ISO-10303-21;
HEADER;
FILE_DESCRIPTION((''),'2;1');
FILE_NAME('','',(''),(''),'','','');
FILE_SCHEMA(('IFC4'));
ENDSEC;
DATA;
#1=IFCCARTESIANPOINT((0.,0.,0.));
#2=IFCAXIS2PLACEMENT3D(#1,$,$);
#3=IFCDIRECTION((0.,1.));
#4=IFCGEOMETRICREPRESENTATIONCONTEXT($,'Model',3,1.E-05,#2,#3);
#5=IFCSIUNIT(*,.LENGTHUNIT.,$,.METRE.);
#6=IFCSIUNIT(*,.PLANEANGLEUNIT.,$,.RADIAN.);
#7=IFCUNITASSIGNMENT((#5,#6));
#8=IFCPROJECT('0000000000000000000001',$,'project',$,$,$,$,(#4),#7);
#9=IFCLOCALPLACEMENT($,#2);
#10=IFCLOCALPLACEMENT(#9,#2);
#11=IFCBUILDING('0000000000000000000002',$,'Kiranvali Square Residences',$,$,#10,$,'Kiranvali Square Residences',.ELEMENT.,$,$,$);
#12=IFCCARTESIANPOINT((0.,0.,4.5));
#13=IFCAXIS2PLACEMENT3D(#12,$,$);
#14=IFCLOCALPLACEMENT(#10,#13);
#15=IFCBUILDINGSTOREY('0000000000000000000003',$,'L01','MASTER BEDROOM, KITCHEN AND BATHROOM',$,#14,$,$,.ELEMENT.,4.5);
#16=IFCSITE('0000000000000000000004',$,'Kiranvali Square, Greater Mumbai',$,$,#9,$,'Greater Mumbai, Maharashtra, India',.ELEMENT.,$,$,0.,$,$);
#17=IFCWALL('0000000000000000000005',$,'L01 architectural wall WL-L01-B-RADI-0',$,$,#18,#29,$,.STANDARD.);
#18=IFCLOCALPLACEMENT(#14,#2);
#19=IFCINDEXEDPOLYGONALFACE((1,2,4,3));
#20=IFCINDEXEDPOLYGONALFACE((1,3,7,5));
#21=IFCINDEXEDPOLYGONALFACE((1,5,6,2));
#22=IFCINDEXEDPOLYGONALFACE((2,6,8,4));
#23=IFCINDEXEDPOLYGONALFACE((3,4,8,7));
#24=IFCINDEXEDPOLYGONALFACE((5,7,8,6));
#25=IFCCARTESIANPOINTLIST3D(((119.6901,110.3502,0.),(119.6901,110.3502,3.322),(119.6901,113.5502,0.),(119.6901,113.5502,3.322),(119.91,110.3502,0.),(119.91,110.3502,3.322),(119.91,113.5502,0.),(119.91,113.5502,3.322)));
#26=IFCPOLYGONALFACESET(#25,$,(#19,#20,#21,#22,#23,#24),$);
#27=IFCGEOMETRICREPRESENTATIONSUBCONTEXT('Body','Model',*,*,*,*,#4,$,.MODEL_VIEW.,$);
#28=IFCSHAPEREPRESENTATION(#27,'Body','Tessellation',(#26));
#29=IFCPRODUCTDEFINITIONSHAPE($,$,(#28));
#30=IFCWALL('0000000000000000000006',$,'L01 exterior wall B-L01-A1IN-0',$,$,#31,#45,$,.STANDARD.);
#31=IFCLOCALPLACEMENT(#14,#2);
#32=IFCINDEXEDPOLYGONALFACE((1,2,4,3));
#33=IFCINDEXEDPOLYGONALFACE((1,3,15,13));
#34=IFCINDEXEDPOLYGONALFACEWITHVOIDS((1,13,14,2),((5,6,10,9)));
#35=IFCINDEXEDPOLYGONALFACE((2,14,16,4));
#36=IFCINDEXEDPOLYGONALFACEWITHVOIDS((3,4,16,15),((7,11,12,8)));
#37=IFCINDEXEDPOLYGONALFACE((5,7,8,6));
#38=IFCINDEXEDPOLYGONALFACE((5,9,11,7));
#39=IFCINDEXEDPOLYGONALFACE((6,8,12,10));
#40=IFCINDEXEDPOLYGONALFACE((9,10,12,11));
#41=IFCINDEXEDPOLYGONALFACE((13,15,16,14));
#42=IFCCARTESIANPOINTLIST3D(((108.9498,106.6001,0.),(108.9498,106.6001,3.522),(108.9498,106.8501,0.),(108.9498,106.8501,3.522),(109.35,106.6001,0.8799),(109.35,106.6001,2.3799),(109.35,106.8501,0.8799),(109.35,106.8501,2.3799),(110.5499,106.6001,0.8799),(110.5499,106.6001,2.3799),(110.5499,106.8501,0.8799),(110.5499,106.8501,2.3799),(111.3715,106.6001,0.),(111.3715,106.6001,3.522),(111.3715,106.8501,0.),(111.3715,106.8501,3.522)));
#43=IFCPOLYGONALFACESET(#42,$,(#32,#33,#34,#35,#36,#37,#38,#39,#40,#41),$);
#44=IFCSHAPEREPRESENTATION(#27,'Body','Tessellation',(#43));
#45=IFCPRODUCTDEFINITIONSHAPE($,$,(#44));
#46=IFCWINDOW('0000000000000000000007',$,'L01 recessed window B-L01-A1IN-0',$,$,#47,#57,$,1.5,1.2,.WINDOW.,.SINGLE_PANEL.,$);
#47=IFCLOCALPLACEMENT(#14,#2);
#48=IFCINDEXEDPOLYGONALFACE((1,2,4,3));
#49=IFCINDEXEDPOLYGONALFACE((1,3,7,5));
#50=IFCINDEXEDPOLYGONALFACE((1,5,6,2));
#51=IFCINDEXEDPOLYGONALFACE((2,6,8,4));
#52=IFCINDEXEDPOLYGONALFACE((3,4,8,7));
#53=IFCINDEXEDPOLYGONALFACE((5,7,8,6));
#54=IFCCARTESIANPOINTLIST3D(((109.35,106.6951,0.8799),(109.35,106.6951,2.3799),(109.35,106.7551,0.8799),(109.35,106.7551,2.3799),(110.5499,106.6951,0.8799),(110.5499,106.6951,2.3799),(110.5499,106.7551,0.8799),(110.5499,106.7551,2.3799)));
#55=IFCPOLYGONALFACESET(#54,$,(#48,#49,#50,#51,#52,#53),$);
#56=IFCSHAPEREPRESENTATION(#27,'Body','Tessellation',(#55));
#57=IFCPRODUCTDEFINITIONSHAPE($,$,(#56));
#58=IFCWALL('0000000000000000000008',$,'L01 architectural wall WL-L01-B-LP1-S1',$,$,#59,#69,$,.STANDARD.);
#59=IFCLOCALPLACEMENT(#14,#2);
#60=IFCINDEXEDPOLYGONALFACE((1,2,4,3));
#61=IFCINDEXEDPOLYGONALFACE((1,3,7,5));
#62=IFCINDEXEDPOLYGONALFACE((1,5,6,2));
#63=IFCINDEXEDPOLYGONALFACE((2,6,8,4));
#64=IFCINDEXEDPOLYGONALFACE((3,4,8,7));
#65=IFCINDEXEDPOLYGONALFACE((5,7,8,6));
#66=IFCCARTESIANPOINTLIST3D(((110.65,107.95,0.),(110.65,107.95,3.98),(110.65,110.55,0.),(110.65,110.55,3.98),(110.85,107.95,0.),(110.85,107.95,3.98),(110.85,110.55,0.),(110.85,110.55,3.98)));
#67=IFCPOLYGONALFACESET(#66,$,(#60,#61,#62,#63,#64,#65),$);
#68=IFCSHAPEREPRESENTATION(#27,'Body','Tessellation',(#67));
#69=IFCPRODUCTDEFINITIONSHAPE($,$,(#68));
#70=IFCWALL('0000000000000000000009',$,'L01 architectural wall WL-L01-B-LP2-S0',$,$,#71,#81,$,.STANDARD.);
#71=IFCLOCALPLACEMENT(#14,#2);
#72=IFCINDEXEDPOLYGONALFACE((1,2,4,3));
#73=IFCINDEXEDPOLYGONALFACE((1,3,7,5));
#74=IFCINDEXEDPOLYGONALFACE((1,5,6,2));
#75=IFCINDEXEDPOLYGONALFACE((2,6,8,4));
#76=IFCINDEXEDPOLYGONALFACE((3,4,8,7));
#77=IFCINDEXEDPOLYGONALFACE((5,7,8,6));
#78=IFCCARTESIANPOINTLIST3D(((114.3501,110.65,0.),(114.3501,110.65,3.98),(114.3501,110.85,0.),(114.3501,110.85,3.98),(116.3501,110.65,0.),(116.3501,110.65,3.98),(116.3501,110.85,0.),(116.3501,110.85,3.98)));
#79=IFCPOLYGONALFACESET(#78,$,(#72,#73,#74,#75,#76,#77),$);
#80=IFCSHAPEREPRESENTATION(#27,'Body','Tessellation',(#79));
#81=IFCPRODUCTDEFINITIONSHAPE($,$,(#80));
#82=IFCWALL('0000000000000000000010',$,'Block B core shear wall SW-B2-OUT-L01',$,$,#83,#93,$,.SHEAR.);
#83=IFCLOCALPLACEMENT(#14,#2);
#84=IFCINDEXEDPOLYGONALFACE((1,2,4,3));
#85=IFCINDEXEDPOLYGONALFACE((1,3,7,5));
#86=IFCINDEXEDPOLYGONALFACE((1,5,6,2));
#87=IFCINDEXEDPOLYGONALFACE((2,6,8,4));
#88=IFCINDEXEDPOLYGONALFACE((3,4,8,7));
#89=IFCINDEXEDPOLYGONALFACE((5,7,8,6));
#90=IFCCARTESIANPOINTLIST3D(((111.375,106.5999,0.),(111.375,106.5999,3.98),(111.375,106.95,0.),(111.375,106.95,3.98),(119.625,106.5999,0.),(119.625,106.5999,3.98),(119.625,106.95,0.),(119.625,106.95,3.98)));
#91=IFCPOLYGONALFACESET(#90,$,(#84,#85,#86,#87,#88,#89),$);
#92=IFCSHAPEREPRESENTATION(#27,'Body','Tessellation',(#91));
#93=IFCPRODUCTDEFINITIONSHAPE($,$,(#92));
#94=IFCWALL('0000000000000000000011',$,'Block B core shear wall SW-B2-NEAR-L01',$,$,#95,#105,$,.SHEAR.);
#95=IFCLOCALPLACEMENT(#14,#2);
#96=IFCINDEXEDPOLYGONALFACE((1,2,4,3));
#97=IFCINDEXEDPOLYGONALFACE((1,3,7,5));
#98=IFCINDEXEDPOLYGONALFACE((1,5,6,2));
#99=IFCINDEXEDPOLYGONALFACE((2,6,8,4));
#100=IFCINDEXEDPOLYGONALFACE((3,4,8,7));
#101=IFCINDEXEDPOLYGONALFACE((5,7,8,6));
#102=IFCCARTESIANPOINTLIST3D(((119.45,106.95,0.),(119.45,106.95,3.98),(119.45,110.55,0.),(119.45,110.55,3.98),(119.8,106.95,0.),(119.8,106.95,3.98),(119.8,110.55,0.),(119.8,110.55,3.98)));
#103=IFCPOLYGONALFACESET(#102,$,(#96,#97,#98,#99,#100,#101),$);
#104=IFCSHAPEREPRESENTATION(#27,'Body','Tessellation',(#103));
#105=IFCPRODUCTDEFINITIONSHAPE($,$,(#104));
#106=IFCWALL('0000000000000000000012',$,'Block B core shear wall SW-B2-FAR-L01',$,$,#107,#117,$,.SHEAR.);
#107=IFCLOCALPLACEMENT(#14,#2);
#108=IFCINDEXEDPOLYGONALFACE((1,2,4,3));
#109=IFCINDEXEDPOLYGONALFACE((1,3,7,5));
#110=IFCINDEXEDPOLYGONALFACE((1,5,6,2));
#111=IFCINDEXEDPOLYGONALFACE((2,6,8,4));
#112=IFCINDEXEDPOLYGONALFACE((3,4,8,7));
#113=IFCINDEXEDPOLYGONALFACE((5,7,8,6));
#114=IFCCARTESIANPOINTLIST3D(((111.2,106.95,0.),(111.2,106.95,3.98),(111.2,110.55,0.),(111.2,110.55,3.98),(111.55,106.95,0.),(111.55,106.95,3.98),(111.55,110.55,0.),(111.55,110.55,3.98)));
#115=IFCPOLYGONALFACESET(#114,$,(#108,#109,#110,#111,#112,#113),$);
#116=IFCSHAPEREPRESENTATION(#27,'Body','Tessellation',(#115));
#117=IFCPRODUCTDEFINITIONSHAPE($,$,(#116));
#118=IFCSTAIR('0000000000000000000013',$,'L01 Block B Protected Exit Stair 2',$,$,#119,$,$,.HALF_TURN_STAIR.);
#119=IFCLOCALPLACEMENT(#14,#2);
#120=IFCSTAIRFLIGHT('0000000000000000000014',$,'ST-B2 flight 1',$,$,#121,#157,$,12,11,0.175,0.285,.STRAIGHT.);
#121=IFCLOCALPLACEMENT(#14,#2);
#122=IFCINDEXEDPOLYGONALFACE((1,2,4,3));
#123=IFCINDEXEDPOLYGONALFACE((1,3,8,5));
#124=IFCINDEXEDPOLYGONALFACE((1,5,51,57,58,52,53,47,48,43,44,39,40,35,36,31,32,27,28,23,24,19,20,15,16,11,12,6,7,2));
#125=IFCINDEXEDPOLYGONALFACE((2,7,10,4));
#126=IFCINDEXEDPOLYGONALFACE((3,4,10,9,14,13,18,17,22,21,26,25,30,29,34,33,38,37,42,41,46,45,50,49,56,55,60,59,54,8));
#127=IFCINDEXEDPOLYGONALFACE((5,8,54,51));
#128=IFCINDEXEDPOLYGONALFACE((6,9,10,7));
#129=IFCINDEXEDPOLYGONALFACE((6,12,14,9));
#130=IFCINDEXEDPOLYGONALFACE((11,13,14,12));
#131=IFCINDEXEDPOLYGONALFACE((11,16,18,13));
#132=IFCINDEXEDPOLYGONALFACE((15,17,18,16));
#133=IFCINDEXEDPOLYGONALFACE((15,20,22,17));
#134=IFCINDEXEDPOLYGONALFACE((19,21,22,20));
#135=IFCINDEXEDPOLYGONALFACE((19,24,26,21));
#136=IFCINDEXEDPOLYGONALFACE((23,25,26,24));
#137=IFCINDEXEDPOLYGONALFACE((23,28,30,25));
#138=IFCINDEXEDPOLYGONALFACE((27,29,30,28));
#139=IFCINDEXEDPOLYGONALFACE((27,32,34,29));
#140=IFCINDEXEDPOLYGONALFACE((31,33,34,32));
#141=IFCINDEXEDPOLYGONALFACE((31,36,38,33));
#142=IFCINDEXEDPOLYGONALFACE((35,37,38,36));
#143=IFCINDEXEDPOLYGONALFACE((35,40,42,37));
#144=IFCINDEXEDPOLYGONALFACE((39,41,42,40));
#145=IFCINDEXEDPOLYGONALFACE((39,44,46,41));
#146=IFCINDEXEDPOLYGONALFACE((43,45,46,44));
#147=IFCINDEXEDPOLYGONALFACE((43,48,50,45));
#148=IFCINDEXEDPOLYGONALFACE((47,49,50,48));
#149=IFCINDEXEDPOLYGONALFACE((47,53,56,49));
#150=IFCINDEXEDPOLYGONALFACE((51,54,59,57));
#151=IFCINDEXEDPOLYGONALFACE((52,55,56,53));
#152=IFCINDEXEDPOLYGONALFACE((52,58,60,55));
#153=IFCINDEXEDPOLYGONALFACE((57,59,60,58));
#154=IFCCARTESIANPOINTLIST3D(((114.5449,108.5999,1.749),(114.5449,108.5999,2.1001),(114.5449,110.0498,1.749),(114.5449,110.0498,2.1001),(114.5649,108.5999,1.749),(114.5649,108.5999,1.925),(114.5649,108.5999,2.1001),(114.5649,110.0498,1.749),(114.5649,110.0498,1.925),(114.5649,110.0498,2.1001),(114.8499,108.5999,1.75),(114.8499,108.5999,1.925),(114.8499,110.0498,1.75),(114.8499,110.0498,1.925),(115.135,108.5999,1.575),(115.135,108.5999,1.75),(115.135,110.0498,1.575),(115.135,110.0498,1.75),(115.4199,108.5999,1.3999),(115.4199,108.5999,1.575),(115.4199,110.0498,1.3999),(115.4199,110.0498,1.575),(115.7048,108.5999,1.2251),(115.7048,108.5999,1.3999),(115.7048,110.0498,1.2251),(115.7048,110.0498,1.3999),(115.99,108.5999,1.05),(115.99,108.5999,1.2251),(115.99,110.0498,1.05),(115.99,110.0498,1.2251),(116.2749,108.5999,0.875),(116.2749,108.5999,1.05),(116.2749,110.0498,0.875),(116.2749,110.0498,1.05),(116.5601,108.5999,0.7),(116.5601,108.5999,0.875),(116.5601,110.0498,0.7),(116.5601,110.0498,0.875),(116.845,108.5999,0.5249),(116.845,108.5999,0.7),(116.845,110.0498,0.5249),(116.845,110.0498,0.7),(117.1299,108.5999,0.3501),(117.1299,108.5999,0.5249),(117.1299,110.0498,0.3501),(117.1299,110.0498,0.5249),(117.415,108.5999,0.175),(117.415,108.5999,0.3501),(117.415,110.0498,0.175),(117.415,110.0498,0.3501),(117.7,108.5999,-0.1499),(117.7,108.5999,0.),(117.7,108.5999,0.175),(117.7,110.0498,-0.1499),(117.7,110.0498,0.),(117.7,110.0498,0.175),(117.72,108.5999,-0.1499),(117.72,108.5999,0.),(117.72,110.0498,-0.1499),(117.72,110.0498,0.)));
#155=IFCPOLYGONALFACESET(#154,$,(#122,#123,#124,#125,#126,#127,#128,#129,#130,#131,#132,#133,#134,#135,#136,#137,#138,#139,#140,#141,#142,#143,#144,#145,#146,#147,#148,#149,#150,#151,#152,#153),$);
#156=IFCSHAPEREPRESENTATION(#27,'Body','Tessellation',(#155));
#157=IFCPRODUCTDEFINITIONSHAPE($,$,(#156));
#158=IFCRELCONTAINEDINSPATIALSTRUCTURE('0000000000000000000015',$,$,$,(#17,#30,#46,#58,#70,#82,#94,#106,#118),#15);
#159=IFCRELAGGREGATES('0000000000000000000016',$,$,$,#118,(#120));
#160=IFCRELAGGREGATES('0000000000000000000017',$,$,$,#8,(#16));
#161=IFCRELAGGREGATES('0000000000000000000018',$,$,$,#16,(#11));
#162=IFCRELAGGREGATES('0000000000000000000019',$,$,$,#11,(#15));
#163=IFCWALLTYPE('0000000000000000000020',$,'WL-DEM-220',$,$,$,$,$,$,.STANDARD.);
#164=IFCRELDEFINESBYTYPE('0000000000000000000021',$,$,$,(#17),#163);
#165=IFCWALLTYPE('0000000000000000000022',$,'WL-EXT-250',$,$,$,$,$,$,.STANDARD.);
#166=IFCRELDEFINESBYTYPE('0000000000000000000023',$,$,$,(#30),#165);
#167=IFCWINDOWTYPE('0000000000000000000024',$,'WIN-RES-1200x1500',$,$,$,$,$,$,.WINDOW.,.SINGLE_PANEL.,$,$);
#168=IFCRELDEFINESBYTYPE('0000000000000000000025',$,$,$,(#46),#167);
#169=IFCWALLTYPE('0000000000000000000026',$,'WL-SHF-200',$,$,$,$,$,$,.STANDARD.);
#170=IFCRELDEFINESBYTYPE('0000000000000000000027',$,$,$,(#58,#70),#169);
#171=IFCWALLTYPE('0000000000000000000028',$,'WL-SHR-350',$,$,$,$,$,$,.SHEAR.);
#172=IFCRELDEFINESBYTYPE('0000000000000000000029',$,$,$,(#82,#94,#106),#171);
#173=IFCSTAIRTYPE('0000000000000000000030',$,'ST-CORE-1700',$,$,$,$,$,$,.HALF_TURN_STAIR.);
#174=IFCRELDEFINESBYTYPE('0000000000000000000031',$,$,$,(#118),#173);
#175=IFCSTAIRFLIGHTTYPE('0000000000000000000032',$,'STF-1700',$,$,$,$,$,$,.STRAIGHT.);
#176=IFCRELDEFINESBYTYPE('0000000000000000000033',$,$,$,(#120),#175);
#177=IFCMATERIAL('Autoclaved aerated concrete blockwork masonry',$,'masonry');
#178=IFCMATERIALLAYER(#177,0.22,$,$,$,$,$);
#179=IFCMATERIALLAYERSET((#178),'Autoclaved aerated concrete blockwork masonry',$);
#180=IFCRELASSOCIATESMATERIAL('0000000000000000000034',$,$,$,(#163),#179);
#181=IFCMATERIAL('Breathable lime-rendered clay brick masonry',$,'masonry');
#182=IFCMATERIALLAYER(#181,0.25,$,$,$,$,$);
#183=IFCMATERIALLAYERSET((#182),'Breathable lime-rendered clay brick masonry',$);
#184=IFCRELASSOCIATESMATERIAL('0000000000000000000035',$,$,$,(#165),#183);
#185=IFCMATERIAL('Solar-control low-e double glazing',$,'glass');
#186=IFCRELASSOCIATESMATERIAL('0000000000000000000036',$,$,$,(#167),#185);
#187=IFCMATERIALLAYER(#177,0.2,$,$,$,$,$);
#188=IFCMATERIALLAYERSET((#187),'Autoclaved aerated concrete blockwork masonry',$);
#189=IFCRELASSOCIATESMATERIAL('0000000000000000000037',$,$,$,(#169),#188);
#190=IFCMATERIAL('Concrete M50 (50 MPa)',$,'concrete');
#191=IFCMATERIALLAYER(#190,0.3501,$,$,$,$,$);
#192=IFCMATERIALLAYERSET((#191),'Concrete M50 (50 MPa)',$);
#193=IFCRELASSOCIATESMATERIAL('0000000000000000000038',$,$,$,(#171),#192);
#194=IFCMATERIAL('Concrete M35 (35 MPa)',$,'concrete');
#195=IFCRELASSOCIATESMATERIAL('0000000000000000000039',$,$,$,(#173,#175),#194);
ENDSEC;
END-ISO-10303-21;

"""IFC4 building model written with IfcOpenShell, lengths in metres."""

from ifc_helpers import new_model, si_unit, direction, frame, frame_2d, origin, place, context, subcontext, project, spatial, polyline, rectangle, outline, extrude, material, layer, layer_set, type_object, element, fill, aggregate, save


model = new_model("IFC4")

# Units and contexts
model_context = context("Model", 3, precision=1e-05, world=origin(), true_north=direction((0.0, 1.0)))
body_context = subcontext(model_context, "Body", "Model", "MODEL_VIEW")
ifc_project = project(units=[si_unit("LENGTHUNIT", "METRE"), si_unit("PLANEANGLEUNIT", "RADIAN")], contexts=[model_context])

# Site, building, storey
site_placement = place(None, origin())
site = spatial("IfcSite", under=ifc_project, at=site_placement, Name="Kiranvali Square, Greater Mumbai", LongName="Greater Mumbai, Maharashtra, India", CompositionType="ELEMENT", RefElevation=0.0)
building_placement = place(site_placement, origin())
building = spatial("IfcBuilding", under=site, at=building_placement, Name="Kiranvali Square Residences", LongName="Kiranvali Square Residences", CompositionType="ELEMENT")
storey_placement = place(building_placement, frame((0.0, 0.0, 4.5)))
storey = spatial("IfcBuildingStorey", under=building, at=storey_placement, Name="L01", Description="MASTER BEDROOM, KITCHEN AND BATHROOM", CompositionType="ELEMENT", Elevation=4.5)

# Shared definitions
ifc_material_1 = material(Name="Solar-control low-e double glazing", Category="glass")

# Wall
ifc_material_2 = material(Name="Autoclaved aerated concrete blockwork masonry", Category="masonry")
ifc_layer_1 = layer(ifc_material_2, 0.22)
ifc_layer_set_1 = layer_set([ifc_layer_1], Name="Autoclaved aerated concrete blockwork masonry")
wall_type_1 = type_object("IfcWallType", Name="WL-DEM-220", PredefinedType="STANDARD", material=ifc_layer_set_1)
wall_1_placement = place(storey_placement, frame((119.8, 110.3501, 0.0), z_axis=(0.0, 0.0, 1.0), x_axis=(0.0, 1.0, 0.0)))
element("IfcWall", 1, at=wall_1_placement, inside=storey, type_object=wall_type_1, Name="L01 architectural wall WL-L01-B-RADI-0", PredefinedType="STANDARD", context=body_context, shape_type="SweptSolid", body=[
    extrude(rectangle(XDim=3.2, YDim=0.22, at=frame_2d((1.6001, 0.0))), origin(), (0.0, 0.0, 1.0), 3.322),
])

# Wall, opening, window
ifc_material_3 = material(Name="Breathable lime-rendered clay brick masonry", Category="masonry")
ifc_layer_2 = layer(ifc_material_3, 0.25)
ifc_layer_set_2 = layer_set([ifc_layer_2], Name="Breathable lime-rendered clay brick masonry")
wall_type_2 = type_object("IfcWallType", Name="WL-EXT-250", PredefinedType="STANDARD", material=ifc_layer_set_2)
wall_2_placement = place(storey_placement, frame((111.3716, 106.7251, 0.0), z_axis=(0.0, 0.0, 1.0), x_axis=(-1.0, 0.0, 0.0)))
wall_2 = element("IfcWall", 2, at=wall_2_placement, inside=storey, type_object=wall_type_2, Name="L01 exterior wall B-L01-A1IN-0", PredefinedType="STANDARD", context=body_context, shape_type="SweptSolid", body=[
    extrude(rectangle(XDim=2.4216, YDim=0.25, at=frame_2d((1.2109, 0.0))), origin(), (0.0, 0.0, 1.0), 3.522),
])
opening_1_placement = place(wall_2_placement, frame((0.8215, 0.0, 0.8799)))
opening_1 = element("IfcOpeningElement", 3, at=opening_1_placement, cuts=wall_2, PredefinedType="OPENING", context=body_context, shape_type="SweptSolid", body=[
    extrude(rectangle(XDim=1.2, YDim=1.5, at=frame_2d((0.6001, 0.75))), frame((0.0, 0.135, 0.0), z_axis=(0.0, -1.0, 0.0), x_axis=(1.0, 0.0, 0.0)), (0.0, 0.0, 1.0), 0.27),
])
window_type = type_object("IfcWindowType", Name="WIN-RES-1200x1500", PartitioningType="SINGLE_PANEL", PredefinedType="WINDOW", material=ifc_material_1)
window_placement = place(opening_1_placement, origin())
window = element("IfcWindow", 4, at=window_placement, inside=storey, type_object=window_type, Name="L01 recessed window B-L01-A1IN-0", OverallHeight=1.5, OverallWidth=1.2, PartitioningType="SINGLE_PANEL", PredefinedType="WINDOW", context=body_context, shape_type="SweptSolid", body=[
    extrude(rectangle(XDim=1.2, YDim=1.5, at=frame_2d((0.6001, 0.75))), frame((0.0, 0.03, 0.0), z_axis=(0.0, -1.0, 0.0), x_axis=(1.0, 0.0, 0.0)), (0.0, 0.0, 1.0), 0.0601),
])
fill(opening_1, window)

# Wall
ifc_layer_3 = layer(ifc_material_2, 0.2)
ifc_layer_set_3 = layer_set([ifc_layer_3], Name="Autoclaved aerated concrete blockwork masonry")
wall_type_3 = type_object("IfcWallType", Name="WL-SHF-200", PredefinedType="STANDARD", material=ifc_layer_set_3)
wall_3_placement = place(storey_placement, frame((110.75, 107.95, 0.0), z_axis=(0.0, 0.0, 1.0), x_axis=(0.0, 1.0, 0.0)))
element("IfcWall", 5, at=wall_3_placement, inside=storey, type_object=wall_type_3, Name="L01 architectural wall WL-L01-B-LP1-S1", PredefinedType="STANDARD", context=body_context, shape_type="SweptSolid", body=[
    extrude(rectangle(XDim=2.6001, YDim=0.2, at=frame_2d((1.3, 0.0))), origin(), (0.0, 0.0, 1.0), 3.98),
])

# Walls
wall_4_placement = place(storey_placement, frame((116.3501, 110.75, 0.0), z_axis=(0.0, 0.0, 1.0), x_axis=(-1.0, 0.0, 0.0)))
element("IfcWall", 6, at=wall_4_placement, inside=storey, type_object=wall_type_3, Name="L01 architectural wall WL-L01-B-LP2-S0", PredefinedType="STANDARD", context=body_context, shape_type="SweptSolid", body=[
    extrude(rectangle(XDim=2.0, YDim=0.2, at=frame_2d((1.0, 0.0))), origin(), (0.0, 0.0, 1.0), 3.98),
])
ifc_material_4 = material(Name="Concrete M50 (50 MPa)", Category="concrete")
ifc_layer_4 = layer(ifc_material_4, 0.3501)
ifc_layer_set_4 = layer_set([ifc_layer_4], Name="Concrete M50 (50 MPa)")
wall_type_4 = type_object("IfcWallType", Name="WL-SHR-350", PredefinedType="SHEAR", material=ifc_layer_set_4)
wall_5_placement = place(storey_placement, frame((119.625, 106.7749, 0.0), z_axis=(0.0, 0.0, 1.0), x_axis=(-1.0, 0.0, 0.0)))
element("IfcWall", 7, at=wall_5_placement, inside=storey, type_object=wall_type_4, Name="Block B core shear wall SW-B2-OUT-L01", PredefinedType="SHEAR", context=body_context, shape_type="SweptSolid", body=[
    extrude(rectangle(XDim=8.25, YDim=0.3501, at=frame_2d((4.125, 0.0))), origin(), (0.0, 0.0, 1.0), 3.98),
])

# Walls
for number, where, z_axis, x_axis, name in (
    (8, (119.625, 106.95, 0.0), (0.0, 0.0, 1.0), (0.0, 1.0, 0.0), "Block B core shear wall SW-B2-NEAR-L01"),
    (9, (111.375, 106.95, 0.0), (0.0, 0.0, 1.0), (0.0, 1.0, 0.0), "Block B core shear wall SW-B2-FAR-L01"),
):
    element("IfcWall", number, at=place(storey_placement, frame(where, z_axis=z_axis, x_axis=x_axis)), inside=storey, type_object=wall_type_4, Name=name, PredefinedType="SHEAR", context=body_context, shape_type="SweptSolid", body=[
        extrude(rectangle(XDim=3.6001, YDim=0.3501, at=frame_2d((1.8, 0.0))), origin(), (0.0, 0.0, 1.0), 3.98),
    ])

# Stair, stair flight
ifc_material_5 = material(Name="Concrete M35 (35 MPa)", Category="concrete")
stair_type = type_object("IfcStairType", Name="ST-CORE-1700", PredefinedType="HALF_TURN_STAIR", material=ifc_material_5)
stair_placement = place(storey_placement, origin())
stair = element("IfcStair", 10, at=stair_placement, inside=storey, type_object=stair_type, Name="L01 Block B Protected Exit Stair 2", PredefinedType="HALF_TURN_STAIR")
stair_flight_type = type_object("IfcStairFlightType", Name="STF-1700", PredefinedType="STRAIGHT", material=ifc_material_5)
stair_flight_1_placement = place(storey_placement, frame((117.7, 109.325, 0.0), z_axis=(0.0, 0.0, 1.0), x_axis=(-1.0, 0.0, 0.0)))
stair_flight_1 = element("IfcStairFlight", 11, at=stair_flight_1_placement, type_object=stair_flight_type, Name="ST-B2 flight 1", NumberOfRisers=12, NumberOfTreads=11, PredefinedType="STRAIGHT", RiserHeight=0.175, TreadLength=0.285, context=body_context, shape_type="SweptSolid", body=[
    extrude(outline(polyline([(-0.02, -0.1499), (-0.02, 0.0), (0.0, 0.0), (0.0, 0.175), (0.2849, 0.175), (0.2849, 0.3501), (0.5701, 0.3501), (0.5701, 0.5249), (0.855, 0.5249), (0.855, 0.7), (1.1399, 0.7), (1.1399, 0.875), (1.425, 0.875), (1.425, 1.05), (1.71, 1.05), (1.71, 1.2251), (1.9951, 1.2251), (1.9951, 1.3999), (2.28, 1.3999), (2.28, 1.575), (2.5649, 1.575), (2.5649, 1.75), (2.8501, 1.75), (2.8501, 1.925), (3.135, 1.925), (3.135, 2.1001), (3.155, 2.1001), (3.155, 1.749), (3.135, 1.749), (0.0, -0.1499), (-0.02, -0.1499)])), frame((0.0, 0.7251, 0.0), z_axis=(0.0, -1.0, 0.0), x_axis=(1.0, 0.0, 0.0)), (0.0, 0.0, 1.0), 1.45),
])
aggregate(stair, [stair_flight_1])

save(model, "model.ifc")
